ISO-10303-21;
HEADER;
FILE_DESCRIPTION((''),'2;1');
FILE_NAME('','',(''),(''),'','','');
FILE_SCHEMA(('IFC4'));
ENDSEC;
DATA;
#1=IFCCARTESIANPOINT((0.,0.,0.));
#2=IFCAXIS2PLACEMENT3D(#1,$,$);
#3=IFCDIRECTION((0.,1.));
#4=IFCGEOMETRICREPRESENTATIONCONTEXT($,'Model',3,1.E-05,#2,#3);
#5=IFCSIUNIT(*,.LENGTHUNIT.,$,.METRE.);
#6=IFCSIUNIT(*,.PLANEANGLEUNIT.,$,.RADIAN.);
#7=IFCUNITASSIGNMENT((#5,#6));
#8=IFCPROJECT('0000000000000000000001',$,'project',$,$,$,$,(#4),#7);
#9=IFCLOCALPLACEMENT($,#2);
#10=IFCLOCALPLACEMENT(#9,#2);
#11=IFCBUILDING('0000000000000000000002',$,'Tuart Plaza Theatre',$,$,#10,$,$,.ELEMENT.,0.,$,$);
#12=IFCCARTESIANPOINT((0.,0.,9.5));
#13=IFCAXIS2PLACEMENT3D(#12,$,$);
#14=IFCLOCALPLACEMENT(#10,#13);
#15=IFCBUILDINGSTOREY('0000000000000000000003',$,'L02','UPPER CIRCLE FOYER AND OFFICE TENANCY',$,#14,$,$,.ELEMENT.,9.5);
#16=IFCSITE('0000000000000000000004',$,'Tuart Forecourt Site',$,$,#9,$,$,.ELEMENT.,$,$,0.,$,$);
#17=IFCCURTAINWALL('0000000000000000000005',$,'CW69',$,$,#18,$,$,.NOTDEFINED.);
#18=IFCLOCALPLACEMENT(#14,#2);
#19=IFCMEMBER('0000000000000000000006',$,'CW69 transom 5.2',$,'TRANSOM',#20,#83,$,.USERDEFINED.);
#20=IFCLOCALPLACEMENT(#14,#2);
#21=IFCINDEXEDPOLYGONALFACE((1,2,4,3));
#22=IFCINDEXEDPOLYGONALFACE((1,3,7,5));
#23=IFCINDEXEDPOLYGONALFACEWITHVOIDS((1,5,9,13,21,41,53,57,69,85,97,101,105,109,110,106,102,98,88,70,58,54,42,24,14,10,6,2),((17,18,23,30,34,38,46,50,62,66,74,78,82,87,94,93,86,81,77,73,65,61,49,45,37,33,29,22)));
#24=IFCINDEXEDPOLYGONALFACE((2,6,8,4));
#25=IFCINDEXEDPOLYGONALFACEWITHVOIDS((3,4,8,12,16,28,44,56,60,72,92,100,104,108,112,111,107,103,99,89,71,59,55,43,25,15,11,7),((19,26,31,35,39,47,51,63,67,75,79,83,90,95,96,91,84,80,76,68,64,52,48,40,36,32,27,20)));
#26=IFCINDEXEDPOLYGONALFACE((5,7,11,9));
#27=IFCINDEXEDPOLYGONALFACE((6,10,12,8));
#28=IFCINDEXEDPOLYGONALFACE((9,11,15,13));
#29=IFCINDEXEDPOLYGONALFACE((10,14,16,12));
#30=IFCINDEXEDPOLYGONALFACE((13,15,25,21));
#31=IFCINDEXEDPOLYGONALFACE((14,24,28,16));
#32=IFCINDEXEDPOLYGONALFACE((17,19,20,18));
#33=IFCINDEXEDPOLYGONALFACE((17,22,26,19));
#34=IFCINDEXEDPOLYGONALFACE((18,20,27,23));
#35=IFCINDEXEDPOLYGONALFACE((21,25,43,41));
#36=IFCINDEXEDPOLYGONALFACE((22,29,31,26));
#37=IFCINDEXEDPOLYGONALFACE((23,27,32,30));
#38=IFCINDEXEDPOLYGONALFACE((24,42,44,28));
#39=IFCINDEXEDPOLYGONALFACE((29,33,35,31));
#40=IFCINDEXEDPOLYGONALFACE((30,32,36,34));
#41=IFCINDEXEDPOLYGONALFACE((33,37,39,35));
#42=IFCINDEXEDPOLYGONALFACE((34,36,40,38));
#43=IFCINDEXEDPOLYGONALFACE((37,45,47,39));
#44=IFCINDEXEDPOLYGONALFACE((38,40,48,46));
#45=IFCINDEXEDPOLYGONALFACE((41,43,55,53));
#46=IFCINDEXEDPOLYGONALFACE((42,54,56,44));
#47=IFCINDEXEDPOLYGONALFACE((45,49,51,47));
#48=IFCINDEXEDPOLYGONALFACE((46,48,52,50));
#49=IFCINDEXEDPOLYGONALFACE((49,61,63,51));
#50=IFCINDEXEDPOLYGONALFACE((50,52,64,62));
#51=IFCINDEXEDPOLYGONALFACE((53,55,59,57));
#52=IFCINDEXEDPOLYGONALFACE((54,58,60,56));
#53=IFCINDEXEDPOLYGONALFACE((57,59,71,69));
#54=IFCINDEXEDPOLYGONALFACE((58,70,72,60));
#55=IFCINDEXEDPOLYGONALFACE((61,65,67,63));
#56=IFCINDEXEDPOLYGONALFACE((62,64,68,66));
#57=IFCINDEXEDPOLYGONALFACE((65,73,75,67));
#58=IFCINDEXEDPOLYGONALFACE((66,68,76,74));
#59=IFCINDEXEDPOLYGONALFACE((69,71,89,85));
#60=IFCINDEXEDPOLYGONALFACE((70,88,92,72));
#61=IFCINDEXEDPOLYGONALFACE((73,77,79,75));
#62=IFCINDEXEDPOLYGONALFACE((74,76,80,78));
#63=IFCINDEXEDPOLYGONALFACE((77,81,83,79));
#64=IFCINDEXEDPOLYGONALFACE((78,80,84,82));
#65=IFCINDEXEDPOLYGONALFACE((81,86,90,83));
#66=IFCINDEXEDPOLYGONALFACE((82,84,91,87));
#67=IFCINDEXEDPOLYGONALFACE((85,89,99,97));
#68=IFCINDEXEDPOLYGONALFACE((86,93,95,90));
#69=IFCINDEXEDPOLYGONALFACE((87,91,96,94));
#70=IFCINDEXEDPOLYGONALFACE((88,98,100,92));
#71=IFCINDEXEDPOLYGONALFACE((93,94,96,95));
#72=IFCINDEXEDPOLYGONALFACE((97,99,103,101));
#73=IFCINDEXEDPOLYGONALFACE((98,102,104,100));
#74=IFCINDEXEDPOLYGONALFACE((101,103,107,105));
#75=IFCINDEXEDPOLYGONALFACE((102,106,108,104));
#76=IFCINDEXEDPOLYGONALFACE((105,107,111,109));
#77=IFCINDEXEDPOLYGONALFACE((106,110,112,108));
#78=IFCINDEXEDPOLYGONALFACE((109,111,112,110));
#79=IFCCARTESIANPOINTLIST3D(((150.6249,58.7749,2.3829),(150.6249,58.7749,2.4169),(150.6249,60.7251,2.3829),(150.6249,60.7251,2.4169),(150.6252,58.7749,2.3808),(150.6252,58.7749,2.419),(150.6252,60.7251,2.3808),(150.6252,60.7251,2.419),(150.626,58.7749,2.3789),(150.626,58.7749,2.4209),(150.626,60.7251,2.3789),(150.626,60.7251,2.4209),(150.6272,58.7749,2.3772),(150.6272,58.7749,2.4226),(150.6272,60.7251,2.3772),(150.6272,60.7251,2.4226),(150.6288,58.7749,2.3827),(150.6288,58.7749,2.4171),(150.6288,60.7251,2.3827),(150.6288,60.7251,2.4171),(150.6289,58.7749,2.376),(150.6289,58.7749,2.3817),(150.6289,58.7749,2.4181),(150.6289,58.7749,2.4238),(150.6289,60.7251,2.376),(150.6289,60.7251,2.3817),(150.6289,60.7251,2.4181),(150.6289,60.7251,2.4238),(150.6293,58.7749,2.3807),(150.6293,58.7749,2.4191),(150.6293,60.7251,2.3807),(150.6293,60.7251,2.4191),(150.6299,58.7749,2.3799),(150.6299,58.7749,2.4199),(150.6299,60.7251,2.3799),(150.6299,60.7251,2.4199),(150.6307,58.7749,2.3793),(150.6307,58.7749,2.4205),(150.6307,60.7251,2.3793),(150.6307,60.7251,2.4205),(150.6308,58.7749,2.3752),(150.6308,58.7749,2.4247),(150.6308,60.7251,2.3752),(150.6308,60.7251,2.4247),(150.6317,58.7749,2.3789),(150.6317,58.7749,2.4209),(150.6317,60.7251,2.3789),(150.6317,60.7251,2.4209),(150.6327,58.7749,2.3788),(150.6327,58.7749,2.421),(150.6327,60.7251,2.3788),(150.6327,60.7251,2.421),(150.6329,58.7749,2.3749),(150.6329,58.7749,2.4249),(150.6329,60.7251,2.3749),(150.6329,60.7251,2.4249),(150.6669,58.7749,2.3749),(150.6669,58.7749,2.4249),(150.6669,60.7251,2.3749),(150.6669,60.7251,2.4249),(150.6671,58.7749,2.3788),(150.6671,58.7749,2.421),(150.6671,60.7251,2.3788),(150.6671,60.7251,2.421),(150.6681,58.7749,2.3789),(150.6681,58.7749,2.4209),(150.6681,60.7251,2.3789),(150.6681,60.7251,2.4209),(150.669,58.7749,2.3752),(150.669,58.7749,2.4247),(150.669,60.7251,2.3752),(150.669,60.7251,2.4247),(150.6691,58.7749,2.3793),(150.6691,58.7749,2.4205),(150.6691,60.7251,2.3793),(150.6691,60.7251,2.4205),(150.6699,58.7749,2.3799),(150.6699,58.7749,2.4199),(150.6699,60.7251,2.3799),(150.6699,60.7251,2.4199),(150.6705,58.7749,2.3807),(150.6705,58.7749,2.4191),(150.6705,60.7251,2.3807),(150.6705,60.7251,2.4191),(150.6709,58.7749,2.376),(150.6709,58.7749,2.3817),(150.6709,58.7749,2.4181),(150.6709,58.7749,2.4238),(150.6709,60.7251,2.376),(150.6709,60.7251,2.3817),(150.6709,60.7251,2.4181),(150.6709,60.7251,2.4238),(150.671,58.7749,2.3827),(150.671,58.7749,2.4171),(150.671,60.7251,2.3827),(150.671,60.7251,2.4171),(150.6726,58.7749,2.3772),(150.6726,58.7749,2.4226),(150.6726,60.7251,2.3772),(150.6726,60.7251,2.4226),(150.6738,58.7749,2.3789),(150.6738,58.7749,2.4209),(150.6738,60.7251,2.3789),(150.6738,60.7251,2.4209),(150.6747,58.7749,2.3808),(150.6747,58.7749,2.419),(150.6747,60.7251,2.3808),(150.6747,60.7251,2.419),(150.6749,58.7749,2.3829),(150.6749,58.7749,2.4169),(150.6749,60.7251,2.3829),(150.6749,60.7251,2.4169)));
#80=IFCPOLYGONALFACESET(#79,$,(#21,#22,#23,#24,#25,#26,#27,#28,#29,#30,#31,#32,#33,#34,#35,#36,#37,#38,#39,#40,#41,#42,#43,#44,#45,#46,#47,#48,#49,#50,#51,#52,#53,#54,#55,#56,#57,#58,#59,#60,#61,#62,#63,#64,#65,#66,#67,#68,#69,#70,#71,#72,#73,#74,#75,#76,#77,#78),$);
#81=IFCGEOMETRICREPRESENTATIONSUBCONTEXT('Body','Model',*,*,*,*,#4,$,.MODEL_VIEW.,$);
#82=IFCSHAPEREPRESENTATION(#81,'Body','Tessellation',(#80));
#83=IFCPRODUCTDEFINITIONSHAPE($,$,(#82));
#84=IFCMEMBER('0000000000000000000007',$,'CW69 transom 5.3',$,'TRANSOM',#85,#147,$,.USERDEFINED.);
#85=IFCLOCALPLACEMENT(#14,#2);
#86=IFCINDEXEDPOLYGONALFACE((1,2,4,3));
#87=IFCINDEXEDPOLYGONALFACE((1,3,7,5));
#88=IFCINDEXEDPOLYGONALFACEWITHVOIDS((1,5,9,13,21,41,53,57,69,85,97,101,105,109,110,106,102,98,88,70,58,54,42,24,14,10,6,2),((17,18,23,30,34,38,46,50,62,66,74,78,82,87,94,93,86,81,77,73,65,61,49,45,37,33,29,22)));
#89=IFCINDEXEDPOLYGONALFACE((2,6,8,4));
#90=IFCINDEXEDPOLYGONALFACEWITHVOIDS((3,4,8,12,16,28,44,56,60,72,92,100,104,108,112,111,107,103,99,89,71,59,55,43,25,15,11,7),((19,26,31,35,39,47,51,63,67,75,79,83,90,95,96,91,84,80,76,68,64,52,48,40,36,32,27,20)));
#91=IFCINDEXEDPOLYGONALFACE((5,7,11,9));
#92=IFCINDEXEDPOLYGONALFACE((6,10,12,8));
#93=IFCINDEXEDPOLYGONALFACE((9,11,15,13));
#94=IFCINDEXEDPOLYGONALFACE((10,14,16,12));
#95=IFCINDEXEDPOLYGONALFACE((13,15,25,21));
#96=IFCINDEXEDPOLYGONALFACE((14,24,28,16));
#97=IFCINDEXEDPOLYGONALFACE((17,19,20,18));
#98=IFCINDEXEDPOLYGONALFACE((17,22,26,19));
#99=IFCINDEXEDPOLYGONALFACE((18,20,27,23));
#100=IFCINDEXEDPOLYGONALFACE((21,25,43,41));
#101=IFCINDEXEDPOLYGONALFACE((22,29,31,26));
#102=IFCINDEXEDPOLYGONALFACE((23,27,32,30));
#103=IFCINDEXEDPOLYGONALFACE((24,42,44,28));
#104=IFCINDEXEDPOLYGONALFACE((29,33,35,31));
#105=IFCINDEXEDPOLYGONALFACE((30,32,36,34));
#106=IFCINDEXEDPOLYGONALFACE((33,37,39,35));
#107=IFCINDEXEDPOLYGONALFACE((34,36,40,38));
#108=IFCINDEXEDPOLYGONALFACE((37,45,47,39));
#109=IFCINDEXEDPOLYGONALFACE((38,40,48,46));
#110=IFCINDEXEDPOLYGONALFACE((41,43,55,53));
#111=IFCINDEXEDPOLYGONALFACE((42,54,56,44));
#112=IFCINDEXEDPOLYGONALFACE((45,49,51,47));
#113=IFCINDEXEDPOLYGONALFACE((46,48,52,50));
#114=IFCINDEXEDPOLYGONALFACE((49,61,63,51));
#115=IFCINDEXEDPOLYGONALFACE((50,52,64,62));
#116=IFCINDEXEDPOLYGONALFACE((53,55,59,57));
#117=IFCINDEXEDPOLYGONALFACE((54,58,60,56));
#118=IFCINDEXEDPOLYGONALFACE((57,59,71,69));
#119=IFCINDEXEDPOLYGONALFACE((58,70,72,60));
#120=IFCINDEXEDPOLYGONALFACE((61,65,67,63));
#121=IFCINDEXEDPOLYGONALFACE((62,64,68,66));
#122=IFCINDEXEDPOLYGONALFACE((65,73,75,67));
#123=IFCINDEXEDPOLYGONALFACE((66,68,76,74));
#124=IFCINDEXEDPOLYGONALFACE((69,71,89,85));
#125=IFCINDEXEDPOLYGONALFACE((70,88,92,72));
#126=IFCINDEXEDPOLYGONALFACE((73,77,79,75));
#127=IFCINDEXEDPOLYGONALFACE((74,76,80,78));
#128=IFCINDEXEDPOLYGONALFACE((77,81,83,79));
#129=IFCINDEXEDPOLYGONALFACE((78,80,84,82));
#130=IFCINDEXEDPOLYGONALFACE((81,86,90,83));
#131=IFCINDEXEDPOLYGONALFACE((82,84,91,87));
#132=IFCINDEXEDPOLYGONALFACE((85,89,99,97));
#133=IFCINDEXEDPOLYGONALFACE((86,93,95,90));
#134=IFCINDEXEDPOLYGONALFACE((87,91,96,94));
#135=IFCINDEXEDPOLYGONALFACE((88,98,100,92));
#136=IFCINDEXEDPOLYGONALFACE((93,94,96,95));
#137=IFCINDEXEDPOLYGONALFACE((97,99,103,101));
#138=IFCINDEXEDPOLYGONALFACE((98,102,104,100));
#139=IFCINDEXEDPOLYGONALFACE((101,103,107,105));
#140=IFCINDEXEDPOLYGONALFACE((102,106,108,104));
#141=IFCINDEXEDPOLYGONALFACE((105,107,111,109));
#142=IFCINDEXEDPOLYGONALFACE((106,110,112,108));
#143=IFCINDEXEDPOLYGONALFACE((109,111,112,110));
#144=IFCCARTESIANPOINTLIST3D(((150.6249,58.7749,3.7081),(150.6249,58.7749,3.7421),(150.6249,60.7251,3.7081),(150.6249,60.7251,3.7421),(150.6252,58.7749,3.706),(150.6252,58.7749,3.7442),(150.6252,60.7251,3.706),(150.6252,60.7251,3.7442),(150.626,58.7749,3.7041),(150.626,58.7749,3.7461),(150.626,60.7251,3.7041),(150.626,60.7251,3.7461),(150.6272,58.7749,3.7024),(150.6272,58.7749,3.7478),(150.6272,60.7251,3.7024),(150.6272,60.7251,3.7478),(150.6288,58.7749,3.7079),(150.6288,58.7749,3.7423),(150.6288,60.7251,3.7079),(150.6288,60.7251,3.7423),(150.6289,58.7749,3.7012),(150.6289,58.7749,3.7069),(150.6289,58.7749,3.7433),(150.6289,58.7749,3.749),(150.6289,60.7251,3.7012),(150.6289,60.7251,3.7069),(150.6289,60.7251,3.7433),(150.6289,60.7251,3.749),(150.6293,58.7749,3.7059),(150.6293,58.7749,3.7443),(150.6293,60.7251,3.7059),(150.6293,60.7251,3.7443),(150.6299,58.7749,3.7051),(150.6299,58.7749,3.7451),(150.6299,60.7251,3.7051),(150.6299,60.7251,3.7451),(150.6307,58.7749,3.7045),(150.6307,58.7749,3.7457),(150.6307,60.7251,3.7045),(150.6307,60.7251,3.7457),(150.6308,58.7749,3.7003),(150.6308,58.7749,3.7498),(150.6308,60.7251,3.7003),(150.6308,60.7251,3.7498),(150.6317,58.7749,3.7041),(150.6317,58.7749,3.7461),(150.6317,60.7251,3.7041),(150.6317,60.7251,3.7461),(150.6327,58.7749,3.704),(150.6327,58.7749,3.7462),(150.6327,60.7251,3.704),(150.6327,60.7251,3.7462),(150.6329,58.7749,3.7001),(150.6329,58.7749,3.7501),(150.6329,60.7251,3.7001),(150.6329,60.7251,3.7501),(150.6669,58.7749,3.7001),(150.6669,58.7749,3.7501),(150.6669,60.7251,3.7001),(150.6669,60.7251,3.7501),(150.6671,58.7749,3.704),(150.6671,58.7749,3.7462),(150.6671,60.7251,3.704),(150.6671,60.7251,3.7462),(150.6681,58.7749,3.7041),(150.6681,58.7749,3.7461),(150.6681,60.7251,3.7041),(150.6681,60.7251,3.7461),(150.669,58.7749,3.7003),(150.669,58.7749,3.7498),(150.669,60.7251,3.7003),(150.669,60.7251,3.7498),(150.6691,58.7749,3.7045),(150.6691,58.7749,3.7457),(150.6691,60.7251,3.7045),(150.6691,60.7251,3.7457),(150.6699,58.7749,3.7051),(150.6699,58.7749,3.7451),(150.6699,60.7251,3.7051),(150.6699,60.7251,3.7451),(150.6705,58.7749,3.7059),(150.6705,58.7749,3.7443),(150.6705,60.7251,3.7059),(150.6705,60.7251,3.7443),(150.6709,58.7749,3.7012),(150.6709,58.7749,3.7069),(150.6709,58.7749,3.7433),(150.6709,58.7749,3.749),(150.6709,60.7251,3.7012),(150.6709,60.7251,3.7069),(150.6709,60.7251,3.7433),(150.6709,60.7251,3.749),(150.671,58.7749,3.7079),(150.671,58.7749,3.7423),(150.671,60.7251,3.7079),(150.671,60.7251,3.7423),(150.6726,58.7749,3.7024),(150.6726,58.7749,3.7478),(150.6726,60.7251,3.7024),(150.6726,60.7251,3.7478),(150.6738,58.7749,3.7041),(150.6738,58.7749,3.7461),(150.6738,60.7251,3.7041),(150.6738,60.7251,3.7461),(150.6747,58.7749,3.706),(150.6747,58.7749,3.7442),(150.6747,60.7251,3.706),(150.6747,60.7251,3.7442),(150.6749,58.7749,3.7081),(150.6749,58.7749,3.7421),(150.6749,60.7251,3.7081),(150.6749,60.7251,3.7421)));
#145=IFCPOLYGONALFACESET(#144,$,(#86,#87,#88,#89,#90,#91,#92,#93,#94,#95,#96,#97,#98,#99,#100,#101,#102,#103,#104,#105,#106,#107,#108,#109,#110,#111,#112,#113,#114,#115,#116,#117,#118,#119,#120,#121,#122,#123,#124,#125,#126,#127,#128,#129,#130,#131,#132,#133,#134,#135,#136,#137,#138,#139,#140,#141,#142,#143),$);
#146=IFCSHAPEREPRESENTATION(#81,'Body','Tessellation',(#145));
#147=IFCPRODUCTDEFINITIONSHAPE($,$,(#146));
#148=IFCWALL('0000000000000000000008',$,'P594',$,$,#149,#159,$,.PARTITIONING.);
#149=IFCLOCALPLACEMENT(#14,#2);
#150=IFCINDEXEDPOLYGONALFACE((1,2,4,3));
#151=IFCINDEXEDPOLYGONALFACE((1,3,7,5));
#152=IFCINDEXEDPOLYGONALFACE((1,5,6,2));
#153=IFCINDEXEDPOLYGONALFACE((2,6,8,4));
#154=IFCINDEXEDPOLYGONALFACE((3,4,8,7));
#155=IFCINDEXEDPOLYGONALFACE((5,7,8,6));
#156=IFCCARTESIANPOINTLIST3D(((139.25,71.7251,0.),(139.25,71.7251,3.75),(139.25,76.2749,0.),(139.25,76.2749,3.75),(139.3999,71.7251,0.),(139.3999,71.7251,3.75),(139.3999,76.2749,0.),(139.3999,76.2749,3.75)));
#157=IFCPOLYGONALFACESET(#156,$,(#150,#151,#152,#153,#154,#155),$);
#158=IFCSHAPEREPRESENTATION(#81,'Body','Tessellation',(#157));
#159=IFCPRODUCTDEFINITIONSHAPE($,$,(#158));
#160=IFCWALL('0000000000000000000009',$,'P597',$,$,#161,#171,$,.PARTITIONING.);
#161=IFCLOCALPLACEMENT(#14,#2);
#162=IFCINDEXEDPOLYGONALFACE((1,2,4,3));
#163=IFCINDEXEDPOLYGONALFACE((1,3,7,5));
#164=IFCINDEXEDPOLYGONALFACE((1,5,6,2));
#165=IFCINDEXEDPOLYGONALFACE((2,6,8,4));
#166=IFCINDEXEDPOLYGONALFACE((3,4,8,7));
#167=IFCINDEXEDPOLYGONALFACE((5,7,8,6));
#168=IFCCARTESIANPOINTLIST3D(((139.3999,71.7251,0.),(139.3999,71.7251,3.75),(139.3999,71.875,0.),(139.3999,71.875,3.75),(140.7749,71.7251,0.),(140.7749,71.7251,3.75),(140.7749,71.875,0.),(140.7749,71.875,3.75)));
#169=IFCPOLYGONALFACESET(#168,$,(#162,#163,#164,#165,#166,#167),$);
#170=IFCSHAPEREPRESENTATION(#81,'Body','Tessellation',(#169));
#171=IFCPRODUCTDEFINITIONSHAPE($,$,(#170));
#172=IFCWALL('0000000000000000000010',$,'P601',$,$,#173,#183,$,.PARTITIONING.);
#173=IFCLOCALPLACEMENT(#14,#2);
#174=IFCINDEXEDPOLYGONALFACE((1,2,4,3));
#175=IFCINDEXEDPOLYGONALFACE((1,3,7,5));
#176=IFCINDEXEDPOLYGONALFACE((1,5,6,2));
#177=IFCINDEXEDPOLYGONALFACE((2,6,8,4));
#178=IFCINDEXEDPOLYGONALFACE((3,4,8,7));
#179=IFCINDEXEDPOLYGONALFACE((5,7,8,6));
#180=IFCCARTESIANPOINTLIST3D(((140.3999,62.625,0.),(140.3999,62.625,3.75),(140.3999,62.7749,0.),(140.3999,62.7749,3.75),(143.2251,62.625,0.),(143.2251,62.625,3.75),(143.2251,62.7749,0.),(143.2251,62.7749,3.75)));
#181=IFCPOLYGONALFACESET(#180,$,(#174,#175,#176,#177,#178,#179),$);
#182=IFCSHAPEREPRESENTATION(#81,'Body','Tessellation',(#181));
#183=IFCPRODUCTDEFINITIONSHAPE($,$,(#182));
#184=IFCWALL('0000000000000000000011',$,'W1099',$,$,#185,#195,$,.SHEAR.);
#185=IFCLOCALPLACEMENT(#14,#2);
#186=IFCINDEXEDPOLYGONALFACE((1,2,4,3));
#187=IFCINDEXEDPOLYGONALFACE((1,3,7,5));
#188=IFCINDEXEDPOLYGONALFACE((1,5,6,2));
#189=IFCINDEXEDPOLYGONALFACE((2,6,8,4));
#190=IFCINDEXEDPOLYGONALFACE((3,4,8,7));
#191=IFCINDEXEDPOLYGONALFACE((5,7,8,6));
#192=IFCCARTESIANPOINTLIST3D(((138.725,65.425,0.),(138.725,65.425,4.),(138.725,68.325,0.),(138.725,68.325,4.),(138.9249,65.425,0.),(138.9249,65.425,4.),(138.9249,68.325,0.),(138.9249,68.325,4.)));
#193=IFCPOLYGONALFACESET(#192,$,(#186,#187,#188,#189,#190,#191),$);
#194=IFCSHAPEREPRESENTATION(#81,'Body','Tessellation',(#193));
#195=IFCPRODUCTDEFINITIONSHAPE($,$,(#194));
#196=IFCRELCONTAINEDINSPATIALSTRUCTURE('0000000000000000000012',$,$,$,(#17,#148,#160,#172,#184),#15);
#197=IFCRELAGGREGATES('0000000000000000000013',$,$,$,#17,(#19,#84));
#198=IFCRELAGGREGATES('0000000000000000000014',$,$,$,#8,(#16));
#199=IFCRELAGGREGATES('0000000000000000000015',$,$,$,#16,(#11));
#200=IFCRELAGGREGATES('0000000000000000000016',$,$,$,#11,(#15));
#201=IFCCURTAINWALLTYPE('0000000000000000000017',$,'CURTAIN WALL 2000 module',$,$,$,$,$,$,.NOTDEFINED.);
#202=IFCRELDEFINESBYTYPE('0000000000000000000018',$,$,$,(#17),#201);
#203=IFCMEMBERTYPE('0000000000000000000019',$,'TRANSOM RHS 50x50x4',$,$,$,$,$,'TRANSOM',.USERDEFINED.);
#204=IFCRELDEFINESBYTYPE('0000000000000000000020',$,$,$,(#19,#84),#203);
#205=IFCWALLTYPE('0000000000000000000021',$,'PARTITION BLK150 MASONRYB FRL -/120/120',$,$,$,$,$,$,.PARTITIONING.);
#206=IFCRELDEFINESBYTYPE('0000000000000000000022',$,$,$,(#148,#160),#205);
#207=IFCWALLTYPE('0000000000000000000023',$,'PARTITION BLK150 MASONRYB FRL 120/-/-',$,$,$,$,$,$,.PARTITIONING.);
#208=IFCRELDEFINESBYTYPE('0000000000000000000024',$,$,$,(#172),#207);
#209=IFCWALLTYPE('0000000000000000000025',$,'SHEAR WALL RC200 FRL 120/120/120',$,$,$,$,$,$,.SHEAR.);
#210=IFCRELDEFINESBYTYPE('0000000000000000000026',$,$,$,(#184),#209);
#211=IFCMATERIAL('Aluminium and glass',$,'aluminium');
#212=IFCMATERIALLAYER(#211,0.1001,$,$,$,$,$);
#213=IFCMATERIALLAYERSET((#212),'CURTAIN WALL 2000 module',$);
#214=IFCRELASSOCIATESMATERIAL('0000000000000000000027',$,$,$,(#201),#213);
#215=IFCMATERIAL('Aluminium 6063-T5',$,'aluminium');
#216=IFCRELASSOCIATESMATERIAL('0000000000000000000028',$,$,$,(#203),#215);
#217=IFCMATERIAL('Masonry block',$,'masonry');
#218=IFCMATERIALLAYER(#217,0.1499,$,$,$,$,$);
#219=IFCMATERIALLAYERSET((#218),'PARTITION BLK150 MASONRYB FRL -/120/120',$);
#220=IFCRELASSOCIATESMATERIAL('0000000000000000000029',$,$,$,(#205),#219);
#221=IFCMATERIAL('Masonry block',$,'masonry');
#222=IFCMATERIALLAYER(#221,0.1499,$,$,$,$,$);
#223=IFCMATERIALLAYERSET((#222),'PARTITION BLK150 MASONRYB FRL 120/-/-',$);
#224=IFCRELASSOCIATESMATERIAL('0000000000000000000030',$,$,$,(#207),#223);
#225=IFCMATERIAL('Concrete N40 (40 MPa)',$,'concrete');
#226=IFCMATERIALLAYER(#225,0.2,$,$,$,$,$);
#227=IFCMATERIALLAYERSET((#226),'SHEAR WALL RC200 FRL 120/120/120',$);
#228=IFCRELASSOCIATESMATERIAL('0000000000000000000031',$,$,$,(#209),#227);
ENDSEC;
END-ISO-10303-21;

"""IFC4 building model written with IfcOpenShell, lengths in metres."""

from ifc_helpers import new_model, si_unit, direction, frame, frame_2d, origin, origin_2d, place, context, subcontext, project, spatial, rectangle, hollow_rectangle, extrude, material, layer, layer_set, material_profile, profile_set, type_object, element, aggregate, save


model = new_model("IFC4")

# Units and contexts
model_context = context("Model", 3, precision=1e-05, world=origin(), true_north=direction((0.0, 1.0)))
body_context = subcontext(model_context, "Body", "Model", "MODEL_VIEW")
ifc_project = project(units=[si_unit("LENGTHUNIT", "METRE"), si_unit("PLANEANGLEUNIT", "RADIAN")], contexts=[model_context])

# Site, building, storey
site_placement = place(None, origin())
site = spatial("IfcSite", under=ifc_project, at=site_placement, Name="Tuart Forecourt Site", CompositionType="ELEMENT", RefElevation=0.0)
building_placement = place(site_placement, origin())
building = spatial("IfcBuilding", under=site, at=building_placement, Name="Tuart Plaza Theatre", CompositionType="ELEMENT", ElevationOfRefHeight=0.0)
storey_placement = place(building_placement, frame((0.0, 0.0, 9.5)))
storey = spatial("IfcBuildingStorey", under=building, at=storey_placement, Name="L02", Description="UPPER CIRCLE FOYER AND OFFICE TENANCY", CompositionType="ELEMENT", Elevation=9.5)

# Curtain wall, members
ifc_material_1 = material(Name="Aluminium and glass", Category="aluminium")
ifc_layer_1 = layer(ifc_material_1, 0.1001)
ifc_layer_set_1 = layer_set([ifc_layer_1], Name="CURTAIN WALL 2000 module")
curtain_wall_type = type_object("IfcCurtainWallType", Name="CURTAIN WALL 2000 module", PredefinedType="NOTDEFINED", material=ifc_layer_set_1)
curtain_wall_placement = place(storey_placement, origin())
curtain_wall = element("IfcCurtainWall", 1, at=curtain_wall_placement, inside=storey, type_object=curtain_wall_type, Name="CW69", PredefinedType="NOTDEFINED")
ifc_material_2 = material(Name="Aluminium 6063-T5", Category="aluminium")
ifc_material_profile_1 = material_profile(ifc_material_2, hollow_rectangle(XDim=0.05, YDim=0.05, WallThickness=0.0039, InnerFilletRadius=0.0039, OuterFilletRadius=0.0081, at=origin_2d()), Name="RHS 50x50x4")
ifc_profile_set_1 = profile_set([ifc_material_profile_1], Name="Aluminium 6063-T5")
member_type = type_object("IfcMemberType", Name="TRANSOM RHS 50x50x4", ElementType="TRANSOM", PredefinedType="USERDEFINED", material=ifc_profile_set_1)
member_1_placement = place(storey_placement, frame((150.6499, 58.7749, 2.3999), z_axis=(0.0, 1.0, 0.0), x_axis=(-1.0, 0.0, 0.0)))
member_1 = element("IfcMember", 2, at=member_1_placement, type_object=member_type, Name="CW69 transom 5.2", ObjectType="TRANSOM", PredefinedType="USERDEFINED", context=body_context, shape_type="SweptSolid", body=[
    extrude(hollow_rectangle(XDim=0.05, YDim=0.05, WallThickness=0.0039, InnerFilletRadius=0.0039, OuterFilletRadius=0.0081, at=origin_2d()), origin(), (0.0, 0.0, 1.0), 1.9502),
])
member_2_placement = place(storey_placement, frame((150.6499, 58.7749, 3.7251), z_axis=(0.0, 1.0, 0.0), x_axis=(-1.0, 0.0, 0.0)))
member_2 = element("IfcMember", 3, at=member_2_placement, type_object=member_type, Name="CW69 transom 5.3", ObjectType="TRANSOM", PredefinedType="USERDEFINED", context=body_context, shape_type="SweptSolid", body=[
    extrude(hollow_rectangle(XDim=0.05, YDim=0.05, WallThickness=0.0039, InnerFilletRadius=0.0039, OuterFilletRadius=0.0081, at=origin_2d()), origin(), (0.0, 0.0, 1.0), 1.9502),
])
aggregate(curtain_wall, [member_1, member_2])

# Walls
ifc_material_3 = material(Name="Masonry block", Category="masonry")
ifc_layer_2 = layer(ifc_material_3, 0.1499)
ifc_layer_set_2 = layer_set([ifc_layer_2], Name="PARTITION BLK150 MASONRYB FRL -/120/120")
wall_type_1 = type_object("IfcWallType", Name="PARTITION BLK150 MASONRYB FRL -/120/120", PredefinedType="PARTITIONING", material=ifc_layer_set_2)
wall_1_placement = place(storey_placement, frame((139.325, 71.7251, 0.0), z_axis=(0.0, 0.0, 1.0), x_axis=(0.0, 1.0, 0.0)))
element("IfcWall", 4, at=wall_1_placement, inside=storey, type_object=wall_type_1, Name="P594", PredefinedType="PARTITIONING", context=body_context, shape_type="SweptSolid", body=[
    extrude(rectangle(XDim=4.5498, YDim=0.1499, at=frame_2d((2.2749, 0.0))), origin(), (0.0, 0.0, 1.0), 3.75),
])
wall_2_placement = place(storey_placement, frame((139.3999, 71.8, 0.0), z_axis=(0.0, 0.0, 1.0), x_axis=(1.0, 0.0, 0.0)))
element("IfcWall", 5, at=wall_2_placement, inside=storey, type_object=wall_type_1, Name="P597", PredefinedType="PARTITIONING", context=body_context, shape_type="SweptSolid", body=[
    extrude(rectangle(XDim=1.375, YDim=0.1499, at=frame_2d((0.6875, 0.0))), origin(), (0.0, 0.0, 1.0), 3.75),
])
ifc_material_4 = material(Name="Masonry block", Category="masonry")
ifc_layer_3 = layer(ifc_material_4, 0.1499)
ifc_layer_set_3 = layer_set([ifc_layer_3], Name="PARTITION BLK150 MASONRYB FRL 120/-/-")
wall_type_2 = type_object("IfcWallType", Name="PARTITION BLK150 MASONRYB FRL 120/-/-", PredefinedType="PARTITIONING", material=ifc_layer_set_3)
wall_3_placement = place(storey_placement, frame((143.2251, 62.7, 0.0), z_axis=(0.0, 0.0, 1.0), x_axis=(-1.0, 0.0, 0.0)))
element("IfcWall", 6, at=wall_3_placement, inside=storey, type_object=wall_type_2, Name="P601", PredefinedType="PARTITIONING", context=body_context, shape_type="SweptSolid", body=[
    extrude(rectangle(XDim=2.8252, YDim=0.1499, at=frame_2d((1.4126, 0.0))), origin(), (0.0, 0.0, 1.0), 3.75),
])
ifc_material_5 = material(Name="Concrete N40 (40 MPa)", Category="concrete")
ifc_layer_4 = layer(ifc_material_5, 0.2)
ifc_layer_set_4 = layer_set([ifc_layer_4], Name="SHEAR WALL RC200 FRL 120/120/120")
wall_type_3 = type_object("IfcWallType", Name="SHEAR WALL RC200 FRL 120/120/120", PredefinedType="SHEAR", material=ifc_layer_set_4)
wall_4_placement = place(storey_placement, frame((138.825, 65.425, 0.0), z_axis=(0.0, 0.0, 1.0), x_axis=(0.0, 1.0, 0.0)))
element("IfcWall", 7, at=wall_4_placement, inside=storey, type_object=wall_type_3, Name="W1099", PredefinedType="SHEAR", context=body_context, shape_type="SweptSolid", body=[
    extrude(rectangle(XDim=2.8999, YDim=0.2, at=frame_2d((1.45, 0.0))), origin(), (0.0, 0.0, 1.0), 4.0),
])

save(model, "model.ifc")
